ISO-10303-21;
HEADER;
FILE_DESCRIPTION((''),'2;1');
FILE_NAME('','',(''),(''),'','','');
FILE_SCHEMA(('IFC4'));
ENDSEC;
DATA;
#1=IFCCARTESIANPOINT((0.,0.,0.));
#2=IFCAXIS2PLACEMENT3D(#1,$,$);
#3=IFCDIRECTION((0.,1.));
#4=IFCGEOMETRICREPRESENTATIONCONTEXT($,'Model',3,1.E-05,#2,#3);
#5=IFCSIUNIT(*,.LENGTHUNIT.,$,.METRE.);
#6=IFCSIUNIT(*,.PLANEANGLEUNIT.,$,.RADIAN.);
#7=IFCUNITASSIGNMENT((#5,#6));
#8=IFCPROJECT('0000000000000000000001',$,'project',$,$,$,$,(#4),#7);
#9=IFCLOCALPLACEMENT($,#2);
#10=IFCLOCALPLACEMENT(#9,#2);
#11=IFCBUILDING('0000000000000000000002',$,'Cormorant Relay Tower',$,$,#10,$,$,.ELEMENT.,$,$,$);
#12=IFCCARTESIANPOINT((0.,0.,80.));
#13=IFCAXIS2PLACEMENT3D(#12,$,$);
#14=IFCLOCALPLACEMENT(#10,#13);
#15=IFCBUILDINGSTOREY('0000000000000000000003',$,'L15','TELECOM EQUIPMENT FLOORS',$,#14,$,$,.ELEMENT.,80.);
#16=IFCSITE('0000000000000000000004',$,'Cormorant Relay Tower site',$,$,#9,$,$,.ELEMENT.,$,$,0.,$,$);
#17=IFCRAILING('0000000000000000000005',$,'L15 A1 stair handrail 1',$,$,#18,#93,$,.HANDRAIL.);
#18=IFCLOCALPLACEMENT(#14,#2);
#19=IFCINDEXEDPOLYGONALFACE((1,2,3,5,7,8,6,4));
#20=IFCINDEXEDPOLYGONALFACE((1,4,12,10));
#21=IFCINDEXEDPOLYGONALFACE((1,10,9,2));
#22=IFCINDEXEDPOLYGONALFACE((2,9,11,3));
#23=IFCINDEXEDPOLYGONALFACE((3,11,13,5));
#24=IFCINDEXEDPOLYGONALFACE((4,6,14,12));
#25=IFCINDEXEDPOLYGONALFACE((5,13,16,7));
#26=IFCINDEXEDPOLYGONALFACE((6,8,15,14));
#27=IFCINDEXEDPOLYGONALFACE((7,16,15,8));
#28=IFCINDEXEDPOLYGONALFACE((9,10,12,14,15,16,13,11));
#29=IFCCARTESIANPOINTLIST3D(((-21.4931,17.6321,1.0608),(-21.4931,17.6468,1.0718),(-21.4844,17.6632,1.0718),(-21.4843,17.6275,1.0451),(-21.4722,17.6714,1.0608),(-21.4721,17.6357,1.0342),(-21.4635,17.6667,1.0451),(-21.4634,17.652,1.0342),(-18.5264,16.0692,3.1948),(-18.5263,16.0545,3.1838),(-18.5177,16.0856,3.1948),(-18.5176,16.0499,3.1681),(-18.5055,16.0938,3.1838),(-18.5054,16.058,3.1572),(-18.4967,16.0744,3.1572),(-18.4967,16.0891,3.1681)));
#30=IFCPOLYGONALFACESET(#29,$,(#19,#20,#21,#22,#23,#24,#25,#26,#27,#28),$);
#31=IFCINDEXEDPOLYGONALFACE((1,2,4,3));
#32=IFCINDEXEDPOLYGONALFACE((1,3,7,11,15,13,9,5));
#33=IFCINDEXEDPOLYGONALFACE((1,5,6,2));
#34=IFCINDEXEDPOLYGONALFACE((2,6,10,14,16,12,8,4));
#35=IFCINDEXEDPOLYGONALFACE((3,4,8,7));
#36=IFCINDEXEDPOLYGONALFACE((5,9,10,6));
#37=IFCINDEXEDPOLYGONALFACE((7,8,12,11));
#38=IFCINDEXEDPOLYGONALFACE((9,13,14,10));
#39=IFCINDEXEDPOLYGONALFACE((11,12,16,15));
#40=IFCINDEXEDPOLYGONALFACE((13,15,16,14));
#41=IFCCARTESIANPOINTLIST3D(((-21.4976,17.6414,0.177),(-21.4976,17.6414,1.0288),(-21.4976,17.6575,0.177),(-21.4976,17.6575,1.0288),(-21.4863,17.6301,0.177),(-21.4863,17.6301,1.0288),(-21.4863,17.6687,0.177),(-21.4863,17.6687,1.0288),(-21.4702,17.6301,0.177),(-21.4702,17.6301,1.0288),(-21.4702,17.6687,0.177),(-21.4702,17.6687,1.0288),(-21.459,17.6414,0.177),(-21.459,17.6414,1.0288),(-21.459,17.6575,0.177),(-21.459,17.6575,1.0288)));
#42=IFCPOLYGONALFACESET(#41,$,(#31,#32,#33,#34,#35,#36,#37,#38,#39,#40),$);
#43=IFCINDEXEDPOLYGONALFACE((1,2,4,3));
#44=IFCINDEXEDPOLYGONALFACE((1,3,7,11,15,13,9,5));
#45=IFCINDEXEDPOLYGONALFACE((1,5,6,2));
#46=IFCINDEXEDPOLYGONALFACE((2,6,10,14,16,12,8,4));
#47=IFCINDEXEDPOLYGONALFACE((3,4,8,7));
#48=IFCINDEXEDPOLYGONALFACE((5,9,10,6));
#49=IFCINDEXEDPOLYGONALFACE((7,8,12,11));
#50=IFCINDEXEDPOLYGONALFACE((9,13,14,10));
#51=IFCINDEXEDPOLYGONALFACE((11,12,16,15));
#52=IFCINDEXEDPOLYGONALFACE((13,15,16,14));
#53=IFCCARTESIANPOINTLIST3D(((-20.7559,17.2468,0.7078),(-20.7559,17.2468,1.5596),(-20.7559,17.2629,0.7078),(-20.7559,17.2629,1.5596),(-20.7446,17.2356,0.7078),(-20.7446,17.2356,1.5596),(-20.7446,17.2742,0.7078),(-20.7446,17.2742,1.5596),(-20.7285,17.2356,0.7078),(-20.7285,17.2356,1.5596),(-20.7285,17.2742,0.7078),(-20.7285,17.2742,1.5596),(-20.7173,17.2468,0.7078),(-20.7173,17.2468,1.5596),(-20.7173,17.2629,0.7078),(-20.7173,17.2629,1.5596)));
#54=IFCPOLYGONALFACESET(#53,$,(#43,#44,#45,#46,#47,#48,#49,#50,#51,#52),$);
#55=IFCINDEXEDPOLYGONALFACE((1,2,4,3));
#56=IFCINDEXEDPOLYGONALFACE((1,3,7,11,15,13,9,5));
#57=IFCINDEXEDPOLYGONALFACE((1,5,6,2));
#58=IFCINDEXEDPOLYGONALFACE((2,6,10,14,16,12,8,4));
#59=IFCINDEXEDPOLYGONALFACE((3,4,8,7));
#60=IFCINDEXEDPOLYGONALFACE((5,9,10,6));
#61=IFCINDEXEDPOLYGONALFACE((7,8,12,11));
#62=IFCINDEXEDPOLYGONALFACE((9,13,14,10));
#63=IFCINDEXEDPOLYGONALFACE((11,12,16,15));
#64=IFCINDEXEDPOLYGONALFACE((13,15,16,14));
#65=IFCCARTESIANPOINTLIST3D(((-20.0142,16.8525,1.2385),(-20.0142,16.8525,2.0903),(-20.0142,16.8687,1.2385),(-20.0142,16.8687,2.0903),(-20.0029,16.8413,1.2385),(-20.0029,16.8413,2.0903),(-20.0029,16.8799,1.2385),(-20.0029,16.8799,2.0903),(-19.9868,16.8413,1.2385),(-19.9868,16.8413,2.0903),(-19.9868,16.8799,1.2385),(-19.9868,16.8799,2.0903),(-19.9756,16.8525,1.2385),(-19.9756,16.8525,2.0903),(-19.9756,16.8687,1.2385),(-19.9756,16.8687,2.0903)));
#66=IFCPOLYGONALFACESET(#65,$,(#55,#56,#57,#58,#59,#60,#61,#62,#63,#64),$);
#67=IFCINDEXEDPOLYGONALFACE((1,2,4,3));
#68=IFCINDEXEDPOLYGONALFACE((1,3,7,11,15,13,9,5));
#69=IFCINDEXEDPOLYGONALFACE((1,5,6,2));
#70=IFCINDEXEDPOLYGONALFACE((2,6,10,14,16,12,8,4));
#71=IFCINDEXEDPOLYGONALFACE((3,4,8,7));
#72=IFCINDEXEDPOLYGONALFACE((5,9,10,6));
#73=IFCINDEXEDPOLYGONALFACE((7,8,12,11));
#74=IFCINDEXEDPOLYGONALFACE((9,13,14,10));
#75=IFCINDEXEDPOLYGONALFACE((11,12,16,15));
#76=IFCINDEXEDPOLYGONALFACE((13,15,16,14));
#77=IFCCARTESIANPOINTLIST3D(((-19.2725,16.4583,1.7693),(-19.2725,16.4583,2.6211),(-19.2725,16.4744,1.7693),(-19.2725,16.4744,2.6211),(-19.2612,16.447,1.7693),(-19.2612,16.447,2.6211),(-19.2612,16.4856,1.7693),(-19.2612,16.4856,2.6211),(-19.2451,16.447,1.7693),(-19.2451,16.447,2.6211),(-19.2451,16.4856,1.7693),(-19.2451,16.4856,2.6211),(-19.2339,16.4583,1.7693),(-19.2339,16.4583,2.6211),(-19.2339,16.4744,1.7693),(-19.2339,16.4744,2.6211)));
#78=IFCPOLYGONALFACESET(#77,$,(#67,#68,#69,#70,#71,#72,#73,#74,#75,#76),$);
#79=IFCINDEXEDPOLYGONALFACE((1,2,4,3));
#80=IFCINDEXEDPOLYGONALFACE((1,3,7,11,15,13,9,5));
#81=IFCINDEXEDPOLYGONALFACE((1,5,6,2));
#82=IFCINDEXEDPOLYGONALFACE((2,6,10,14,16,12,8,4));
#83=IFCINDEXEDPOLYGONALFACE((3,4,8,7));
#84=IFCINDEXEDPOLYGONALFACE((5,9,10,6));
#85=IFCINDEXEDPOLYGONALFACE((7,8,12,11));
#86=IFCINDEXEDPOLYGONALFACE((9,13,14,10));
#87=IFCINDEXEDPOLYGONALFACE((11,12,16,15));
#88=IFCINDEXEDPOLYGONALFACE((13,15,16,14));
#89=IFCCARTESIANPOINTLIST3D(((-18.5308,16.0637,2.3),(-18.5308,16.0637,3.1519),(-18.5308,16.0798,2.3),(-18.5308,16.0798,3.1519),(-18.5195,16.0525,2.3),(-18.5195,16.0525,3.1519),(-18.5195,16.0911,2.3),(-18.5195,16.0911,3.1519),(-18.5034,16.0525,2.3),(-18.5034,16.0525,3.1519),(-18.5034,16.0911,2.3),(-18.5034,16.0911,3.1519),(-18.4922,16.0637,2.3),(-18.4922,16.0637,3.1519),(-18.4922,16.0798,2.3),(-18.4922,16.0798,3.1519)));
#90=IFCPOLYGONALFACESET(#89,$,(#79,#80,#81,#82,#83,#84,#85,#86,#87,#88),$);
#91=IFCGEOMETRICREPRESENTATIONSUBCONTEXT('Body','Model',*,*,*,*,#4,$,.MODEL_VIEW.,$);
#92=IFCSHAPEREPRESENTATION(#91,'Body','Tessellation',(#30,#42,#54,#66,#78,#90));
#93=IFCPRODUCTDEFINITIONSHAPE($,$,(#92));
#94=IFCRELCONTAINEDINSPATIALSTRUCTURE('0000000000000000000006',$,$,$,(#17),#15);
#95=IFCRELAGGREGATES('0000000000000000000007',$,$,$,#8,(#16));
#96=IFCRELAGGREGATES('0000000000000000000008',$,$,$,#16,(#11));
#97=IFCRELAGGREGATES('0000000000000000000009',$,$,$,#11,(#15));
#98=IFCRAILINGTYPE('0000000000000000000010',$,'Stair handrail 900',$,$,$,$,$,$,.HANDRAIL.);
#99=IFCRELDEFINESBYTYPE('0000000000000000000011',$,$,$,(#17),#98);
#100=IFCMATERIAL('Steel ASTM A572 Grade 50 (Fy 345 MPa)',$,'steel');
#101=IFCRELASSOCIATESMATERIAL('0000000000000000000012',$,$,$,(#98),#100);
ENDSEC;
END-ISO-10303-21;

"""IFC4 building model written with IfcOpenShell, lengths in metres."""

from ifc_helpers import new_model, si_unit, direction, frame, origin, place, context, subcontext, project, spatial, polyline, outline, extrude, material, type_object, element, save


model = new_model("IFC4")

# Units and contexts
model_context = context("Model", 3, precision=1e-05, world=origin(), true_north=direction((0.0, 1.0)))
body_context = subcontext(model_context, "Body", "Model", "MODEL_VIEW")
ifc_project = project(units=[si_unit("LENGTHUNIT", "METRE"), si_unit("PLANEANGLEUNIT", "RADIAN")], contexts=[model_context])

# Site, building, storey
site_placement = place(None, origin())
site = spatial("IfcSite", under=ifc_project, at=site_placement, Name="Cormorant Relay Tower site", CompositionType="ELEMENT", RefElevation=0.0)
building_placement = place(site_placement, origin())
building = spatial("IfcBuilding", under=site, at=building_placement, Name="Cormorant Relay Tower", CompositionType="ELEMENT")
storey_placement = place(building_placement, frame((0.0, 0.0, 80.0)))
storey = spatial("IfcBuildingStorey", under=building, at=storey_placement, Name="L15", Description="TELECOM EQUIPMENT FLOORS", CompositionType="ELEMENT", Elevation=80.0)

# Railing
ifc_material_1 = material(Name="Steel ASTM A572 Grade 50 (Fy 345 MPa)", Category="steel")
railing_type = type_object("IfcRailingType", Name="Stair handrail 900", PredefinedType="HANDRAIL", material=ifc_material_1)
railing_placement = place(storey_placement, frame((-21.4783, 17.6494, 0.177)))
element("IfcRailing", 1, at=railing_placement, inside=storey, type_object=railing_type, Name="L15 A1 stair handrail 1", PredefinedType="HANDRAIL", context=body_context, shape_type="SweptSolid", body=[
    extrude(outline(polyline([(0.0222, 0.0093), (0.0093, 0.0222), (-0.0093, 0.0222), (-0.0222, 0.0093), (-0.0222, -0.0093), (-0.0093, -0.0222), (0.0093, -0.0222), (0.0222, -0.0093), (0.0222, 0.0093)])), frame((0.0, 0.0, 0.876), z_axis=(0.746422, -0.396921, 0.534142), x_axis=(0.469509, 0.882928, 0.0)), (0.0, 0.0, 1.0), 3.9746),
    extrude(outline(polyline([(0.0193, 0.0081), (0.0081, 0.0193), (-0.0081, 0.0193), (-0.0193, 0.0081), (-0.0193, -0.0081), (-0.0081, -0.0193), (0.0081, -0.0193), (0.0193, -0.0081), (0.0193, 0.0081)])), origin(), (0.0, 0.0, 1.0), 0.8518),
    extrude(outline(polyline([(0.0193, 0.0081), (0.0081, 0.0193), (-0.0081, 0.0193), (-0.0193, 0.0081), (-0.0193, -0.0081), (-0.0081, -0.0193), (0.0081, -0.0193), (0.0193, -0.0081), (0.0193, 0.0081)])), frame((0.7417, -0.3945, 0.5308)), (0.0, 0.0, 1.0), 0.8518),
    extrude(outline(polyline([(0.0193, 0.0081), (0.0081, 0.0193), (-0.0081, 0.0193), (-0.0193, 0.0081), (-0.0193, -0.0081), (-0.0081, -0.0193), (0.0081, -0.0193), (0.0193, -0.0081), (0.0193, 0.0081)])), frame((1.4834, -0.7888, 1.0615)), (0.0, 0.0, 1.0), 0.8518),
    extrude(outline(polyline([(0.0193, 0.0081), (0.0081, 0.0193), (-0.0081, 0.0193), (-0.0193, 0.0081), (-0.0193, -0.0081), (-0.0081, -0.0193), (0.0081, -0.0193), (0.0193, -0.0081), (0.0193, 0.0081)])), frame((2.2251, -1.1831, 1.5923)), (0.0, 0.0, 1.0), 0.8518),
    extrude(outline(polyline([(0.0193, 0.0081), (0.0081, 0.0193), (-0.0081, 0.0193), (-0.0193, 0.0081), (-0.0193, -0.0081), (-0.0081, -0.0193), (0.0081, -0.0193), (0.0193, -0.0081), (0.0193, 0.0081)])), frame((2.9668, -1.5776, 2.123)), (0.0, 0.0, 1.0), 0.8518),
])

save(model, "model.ifc")
